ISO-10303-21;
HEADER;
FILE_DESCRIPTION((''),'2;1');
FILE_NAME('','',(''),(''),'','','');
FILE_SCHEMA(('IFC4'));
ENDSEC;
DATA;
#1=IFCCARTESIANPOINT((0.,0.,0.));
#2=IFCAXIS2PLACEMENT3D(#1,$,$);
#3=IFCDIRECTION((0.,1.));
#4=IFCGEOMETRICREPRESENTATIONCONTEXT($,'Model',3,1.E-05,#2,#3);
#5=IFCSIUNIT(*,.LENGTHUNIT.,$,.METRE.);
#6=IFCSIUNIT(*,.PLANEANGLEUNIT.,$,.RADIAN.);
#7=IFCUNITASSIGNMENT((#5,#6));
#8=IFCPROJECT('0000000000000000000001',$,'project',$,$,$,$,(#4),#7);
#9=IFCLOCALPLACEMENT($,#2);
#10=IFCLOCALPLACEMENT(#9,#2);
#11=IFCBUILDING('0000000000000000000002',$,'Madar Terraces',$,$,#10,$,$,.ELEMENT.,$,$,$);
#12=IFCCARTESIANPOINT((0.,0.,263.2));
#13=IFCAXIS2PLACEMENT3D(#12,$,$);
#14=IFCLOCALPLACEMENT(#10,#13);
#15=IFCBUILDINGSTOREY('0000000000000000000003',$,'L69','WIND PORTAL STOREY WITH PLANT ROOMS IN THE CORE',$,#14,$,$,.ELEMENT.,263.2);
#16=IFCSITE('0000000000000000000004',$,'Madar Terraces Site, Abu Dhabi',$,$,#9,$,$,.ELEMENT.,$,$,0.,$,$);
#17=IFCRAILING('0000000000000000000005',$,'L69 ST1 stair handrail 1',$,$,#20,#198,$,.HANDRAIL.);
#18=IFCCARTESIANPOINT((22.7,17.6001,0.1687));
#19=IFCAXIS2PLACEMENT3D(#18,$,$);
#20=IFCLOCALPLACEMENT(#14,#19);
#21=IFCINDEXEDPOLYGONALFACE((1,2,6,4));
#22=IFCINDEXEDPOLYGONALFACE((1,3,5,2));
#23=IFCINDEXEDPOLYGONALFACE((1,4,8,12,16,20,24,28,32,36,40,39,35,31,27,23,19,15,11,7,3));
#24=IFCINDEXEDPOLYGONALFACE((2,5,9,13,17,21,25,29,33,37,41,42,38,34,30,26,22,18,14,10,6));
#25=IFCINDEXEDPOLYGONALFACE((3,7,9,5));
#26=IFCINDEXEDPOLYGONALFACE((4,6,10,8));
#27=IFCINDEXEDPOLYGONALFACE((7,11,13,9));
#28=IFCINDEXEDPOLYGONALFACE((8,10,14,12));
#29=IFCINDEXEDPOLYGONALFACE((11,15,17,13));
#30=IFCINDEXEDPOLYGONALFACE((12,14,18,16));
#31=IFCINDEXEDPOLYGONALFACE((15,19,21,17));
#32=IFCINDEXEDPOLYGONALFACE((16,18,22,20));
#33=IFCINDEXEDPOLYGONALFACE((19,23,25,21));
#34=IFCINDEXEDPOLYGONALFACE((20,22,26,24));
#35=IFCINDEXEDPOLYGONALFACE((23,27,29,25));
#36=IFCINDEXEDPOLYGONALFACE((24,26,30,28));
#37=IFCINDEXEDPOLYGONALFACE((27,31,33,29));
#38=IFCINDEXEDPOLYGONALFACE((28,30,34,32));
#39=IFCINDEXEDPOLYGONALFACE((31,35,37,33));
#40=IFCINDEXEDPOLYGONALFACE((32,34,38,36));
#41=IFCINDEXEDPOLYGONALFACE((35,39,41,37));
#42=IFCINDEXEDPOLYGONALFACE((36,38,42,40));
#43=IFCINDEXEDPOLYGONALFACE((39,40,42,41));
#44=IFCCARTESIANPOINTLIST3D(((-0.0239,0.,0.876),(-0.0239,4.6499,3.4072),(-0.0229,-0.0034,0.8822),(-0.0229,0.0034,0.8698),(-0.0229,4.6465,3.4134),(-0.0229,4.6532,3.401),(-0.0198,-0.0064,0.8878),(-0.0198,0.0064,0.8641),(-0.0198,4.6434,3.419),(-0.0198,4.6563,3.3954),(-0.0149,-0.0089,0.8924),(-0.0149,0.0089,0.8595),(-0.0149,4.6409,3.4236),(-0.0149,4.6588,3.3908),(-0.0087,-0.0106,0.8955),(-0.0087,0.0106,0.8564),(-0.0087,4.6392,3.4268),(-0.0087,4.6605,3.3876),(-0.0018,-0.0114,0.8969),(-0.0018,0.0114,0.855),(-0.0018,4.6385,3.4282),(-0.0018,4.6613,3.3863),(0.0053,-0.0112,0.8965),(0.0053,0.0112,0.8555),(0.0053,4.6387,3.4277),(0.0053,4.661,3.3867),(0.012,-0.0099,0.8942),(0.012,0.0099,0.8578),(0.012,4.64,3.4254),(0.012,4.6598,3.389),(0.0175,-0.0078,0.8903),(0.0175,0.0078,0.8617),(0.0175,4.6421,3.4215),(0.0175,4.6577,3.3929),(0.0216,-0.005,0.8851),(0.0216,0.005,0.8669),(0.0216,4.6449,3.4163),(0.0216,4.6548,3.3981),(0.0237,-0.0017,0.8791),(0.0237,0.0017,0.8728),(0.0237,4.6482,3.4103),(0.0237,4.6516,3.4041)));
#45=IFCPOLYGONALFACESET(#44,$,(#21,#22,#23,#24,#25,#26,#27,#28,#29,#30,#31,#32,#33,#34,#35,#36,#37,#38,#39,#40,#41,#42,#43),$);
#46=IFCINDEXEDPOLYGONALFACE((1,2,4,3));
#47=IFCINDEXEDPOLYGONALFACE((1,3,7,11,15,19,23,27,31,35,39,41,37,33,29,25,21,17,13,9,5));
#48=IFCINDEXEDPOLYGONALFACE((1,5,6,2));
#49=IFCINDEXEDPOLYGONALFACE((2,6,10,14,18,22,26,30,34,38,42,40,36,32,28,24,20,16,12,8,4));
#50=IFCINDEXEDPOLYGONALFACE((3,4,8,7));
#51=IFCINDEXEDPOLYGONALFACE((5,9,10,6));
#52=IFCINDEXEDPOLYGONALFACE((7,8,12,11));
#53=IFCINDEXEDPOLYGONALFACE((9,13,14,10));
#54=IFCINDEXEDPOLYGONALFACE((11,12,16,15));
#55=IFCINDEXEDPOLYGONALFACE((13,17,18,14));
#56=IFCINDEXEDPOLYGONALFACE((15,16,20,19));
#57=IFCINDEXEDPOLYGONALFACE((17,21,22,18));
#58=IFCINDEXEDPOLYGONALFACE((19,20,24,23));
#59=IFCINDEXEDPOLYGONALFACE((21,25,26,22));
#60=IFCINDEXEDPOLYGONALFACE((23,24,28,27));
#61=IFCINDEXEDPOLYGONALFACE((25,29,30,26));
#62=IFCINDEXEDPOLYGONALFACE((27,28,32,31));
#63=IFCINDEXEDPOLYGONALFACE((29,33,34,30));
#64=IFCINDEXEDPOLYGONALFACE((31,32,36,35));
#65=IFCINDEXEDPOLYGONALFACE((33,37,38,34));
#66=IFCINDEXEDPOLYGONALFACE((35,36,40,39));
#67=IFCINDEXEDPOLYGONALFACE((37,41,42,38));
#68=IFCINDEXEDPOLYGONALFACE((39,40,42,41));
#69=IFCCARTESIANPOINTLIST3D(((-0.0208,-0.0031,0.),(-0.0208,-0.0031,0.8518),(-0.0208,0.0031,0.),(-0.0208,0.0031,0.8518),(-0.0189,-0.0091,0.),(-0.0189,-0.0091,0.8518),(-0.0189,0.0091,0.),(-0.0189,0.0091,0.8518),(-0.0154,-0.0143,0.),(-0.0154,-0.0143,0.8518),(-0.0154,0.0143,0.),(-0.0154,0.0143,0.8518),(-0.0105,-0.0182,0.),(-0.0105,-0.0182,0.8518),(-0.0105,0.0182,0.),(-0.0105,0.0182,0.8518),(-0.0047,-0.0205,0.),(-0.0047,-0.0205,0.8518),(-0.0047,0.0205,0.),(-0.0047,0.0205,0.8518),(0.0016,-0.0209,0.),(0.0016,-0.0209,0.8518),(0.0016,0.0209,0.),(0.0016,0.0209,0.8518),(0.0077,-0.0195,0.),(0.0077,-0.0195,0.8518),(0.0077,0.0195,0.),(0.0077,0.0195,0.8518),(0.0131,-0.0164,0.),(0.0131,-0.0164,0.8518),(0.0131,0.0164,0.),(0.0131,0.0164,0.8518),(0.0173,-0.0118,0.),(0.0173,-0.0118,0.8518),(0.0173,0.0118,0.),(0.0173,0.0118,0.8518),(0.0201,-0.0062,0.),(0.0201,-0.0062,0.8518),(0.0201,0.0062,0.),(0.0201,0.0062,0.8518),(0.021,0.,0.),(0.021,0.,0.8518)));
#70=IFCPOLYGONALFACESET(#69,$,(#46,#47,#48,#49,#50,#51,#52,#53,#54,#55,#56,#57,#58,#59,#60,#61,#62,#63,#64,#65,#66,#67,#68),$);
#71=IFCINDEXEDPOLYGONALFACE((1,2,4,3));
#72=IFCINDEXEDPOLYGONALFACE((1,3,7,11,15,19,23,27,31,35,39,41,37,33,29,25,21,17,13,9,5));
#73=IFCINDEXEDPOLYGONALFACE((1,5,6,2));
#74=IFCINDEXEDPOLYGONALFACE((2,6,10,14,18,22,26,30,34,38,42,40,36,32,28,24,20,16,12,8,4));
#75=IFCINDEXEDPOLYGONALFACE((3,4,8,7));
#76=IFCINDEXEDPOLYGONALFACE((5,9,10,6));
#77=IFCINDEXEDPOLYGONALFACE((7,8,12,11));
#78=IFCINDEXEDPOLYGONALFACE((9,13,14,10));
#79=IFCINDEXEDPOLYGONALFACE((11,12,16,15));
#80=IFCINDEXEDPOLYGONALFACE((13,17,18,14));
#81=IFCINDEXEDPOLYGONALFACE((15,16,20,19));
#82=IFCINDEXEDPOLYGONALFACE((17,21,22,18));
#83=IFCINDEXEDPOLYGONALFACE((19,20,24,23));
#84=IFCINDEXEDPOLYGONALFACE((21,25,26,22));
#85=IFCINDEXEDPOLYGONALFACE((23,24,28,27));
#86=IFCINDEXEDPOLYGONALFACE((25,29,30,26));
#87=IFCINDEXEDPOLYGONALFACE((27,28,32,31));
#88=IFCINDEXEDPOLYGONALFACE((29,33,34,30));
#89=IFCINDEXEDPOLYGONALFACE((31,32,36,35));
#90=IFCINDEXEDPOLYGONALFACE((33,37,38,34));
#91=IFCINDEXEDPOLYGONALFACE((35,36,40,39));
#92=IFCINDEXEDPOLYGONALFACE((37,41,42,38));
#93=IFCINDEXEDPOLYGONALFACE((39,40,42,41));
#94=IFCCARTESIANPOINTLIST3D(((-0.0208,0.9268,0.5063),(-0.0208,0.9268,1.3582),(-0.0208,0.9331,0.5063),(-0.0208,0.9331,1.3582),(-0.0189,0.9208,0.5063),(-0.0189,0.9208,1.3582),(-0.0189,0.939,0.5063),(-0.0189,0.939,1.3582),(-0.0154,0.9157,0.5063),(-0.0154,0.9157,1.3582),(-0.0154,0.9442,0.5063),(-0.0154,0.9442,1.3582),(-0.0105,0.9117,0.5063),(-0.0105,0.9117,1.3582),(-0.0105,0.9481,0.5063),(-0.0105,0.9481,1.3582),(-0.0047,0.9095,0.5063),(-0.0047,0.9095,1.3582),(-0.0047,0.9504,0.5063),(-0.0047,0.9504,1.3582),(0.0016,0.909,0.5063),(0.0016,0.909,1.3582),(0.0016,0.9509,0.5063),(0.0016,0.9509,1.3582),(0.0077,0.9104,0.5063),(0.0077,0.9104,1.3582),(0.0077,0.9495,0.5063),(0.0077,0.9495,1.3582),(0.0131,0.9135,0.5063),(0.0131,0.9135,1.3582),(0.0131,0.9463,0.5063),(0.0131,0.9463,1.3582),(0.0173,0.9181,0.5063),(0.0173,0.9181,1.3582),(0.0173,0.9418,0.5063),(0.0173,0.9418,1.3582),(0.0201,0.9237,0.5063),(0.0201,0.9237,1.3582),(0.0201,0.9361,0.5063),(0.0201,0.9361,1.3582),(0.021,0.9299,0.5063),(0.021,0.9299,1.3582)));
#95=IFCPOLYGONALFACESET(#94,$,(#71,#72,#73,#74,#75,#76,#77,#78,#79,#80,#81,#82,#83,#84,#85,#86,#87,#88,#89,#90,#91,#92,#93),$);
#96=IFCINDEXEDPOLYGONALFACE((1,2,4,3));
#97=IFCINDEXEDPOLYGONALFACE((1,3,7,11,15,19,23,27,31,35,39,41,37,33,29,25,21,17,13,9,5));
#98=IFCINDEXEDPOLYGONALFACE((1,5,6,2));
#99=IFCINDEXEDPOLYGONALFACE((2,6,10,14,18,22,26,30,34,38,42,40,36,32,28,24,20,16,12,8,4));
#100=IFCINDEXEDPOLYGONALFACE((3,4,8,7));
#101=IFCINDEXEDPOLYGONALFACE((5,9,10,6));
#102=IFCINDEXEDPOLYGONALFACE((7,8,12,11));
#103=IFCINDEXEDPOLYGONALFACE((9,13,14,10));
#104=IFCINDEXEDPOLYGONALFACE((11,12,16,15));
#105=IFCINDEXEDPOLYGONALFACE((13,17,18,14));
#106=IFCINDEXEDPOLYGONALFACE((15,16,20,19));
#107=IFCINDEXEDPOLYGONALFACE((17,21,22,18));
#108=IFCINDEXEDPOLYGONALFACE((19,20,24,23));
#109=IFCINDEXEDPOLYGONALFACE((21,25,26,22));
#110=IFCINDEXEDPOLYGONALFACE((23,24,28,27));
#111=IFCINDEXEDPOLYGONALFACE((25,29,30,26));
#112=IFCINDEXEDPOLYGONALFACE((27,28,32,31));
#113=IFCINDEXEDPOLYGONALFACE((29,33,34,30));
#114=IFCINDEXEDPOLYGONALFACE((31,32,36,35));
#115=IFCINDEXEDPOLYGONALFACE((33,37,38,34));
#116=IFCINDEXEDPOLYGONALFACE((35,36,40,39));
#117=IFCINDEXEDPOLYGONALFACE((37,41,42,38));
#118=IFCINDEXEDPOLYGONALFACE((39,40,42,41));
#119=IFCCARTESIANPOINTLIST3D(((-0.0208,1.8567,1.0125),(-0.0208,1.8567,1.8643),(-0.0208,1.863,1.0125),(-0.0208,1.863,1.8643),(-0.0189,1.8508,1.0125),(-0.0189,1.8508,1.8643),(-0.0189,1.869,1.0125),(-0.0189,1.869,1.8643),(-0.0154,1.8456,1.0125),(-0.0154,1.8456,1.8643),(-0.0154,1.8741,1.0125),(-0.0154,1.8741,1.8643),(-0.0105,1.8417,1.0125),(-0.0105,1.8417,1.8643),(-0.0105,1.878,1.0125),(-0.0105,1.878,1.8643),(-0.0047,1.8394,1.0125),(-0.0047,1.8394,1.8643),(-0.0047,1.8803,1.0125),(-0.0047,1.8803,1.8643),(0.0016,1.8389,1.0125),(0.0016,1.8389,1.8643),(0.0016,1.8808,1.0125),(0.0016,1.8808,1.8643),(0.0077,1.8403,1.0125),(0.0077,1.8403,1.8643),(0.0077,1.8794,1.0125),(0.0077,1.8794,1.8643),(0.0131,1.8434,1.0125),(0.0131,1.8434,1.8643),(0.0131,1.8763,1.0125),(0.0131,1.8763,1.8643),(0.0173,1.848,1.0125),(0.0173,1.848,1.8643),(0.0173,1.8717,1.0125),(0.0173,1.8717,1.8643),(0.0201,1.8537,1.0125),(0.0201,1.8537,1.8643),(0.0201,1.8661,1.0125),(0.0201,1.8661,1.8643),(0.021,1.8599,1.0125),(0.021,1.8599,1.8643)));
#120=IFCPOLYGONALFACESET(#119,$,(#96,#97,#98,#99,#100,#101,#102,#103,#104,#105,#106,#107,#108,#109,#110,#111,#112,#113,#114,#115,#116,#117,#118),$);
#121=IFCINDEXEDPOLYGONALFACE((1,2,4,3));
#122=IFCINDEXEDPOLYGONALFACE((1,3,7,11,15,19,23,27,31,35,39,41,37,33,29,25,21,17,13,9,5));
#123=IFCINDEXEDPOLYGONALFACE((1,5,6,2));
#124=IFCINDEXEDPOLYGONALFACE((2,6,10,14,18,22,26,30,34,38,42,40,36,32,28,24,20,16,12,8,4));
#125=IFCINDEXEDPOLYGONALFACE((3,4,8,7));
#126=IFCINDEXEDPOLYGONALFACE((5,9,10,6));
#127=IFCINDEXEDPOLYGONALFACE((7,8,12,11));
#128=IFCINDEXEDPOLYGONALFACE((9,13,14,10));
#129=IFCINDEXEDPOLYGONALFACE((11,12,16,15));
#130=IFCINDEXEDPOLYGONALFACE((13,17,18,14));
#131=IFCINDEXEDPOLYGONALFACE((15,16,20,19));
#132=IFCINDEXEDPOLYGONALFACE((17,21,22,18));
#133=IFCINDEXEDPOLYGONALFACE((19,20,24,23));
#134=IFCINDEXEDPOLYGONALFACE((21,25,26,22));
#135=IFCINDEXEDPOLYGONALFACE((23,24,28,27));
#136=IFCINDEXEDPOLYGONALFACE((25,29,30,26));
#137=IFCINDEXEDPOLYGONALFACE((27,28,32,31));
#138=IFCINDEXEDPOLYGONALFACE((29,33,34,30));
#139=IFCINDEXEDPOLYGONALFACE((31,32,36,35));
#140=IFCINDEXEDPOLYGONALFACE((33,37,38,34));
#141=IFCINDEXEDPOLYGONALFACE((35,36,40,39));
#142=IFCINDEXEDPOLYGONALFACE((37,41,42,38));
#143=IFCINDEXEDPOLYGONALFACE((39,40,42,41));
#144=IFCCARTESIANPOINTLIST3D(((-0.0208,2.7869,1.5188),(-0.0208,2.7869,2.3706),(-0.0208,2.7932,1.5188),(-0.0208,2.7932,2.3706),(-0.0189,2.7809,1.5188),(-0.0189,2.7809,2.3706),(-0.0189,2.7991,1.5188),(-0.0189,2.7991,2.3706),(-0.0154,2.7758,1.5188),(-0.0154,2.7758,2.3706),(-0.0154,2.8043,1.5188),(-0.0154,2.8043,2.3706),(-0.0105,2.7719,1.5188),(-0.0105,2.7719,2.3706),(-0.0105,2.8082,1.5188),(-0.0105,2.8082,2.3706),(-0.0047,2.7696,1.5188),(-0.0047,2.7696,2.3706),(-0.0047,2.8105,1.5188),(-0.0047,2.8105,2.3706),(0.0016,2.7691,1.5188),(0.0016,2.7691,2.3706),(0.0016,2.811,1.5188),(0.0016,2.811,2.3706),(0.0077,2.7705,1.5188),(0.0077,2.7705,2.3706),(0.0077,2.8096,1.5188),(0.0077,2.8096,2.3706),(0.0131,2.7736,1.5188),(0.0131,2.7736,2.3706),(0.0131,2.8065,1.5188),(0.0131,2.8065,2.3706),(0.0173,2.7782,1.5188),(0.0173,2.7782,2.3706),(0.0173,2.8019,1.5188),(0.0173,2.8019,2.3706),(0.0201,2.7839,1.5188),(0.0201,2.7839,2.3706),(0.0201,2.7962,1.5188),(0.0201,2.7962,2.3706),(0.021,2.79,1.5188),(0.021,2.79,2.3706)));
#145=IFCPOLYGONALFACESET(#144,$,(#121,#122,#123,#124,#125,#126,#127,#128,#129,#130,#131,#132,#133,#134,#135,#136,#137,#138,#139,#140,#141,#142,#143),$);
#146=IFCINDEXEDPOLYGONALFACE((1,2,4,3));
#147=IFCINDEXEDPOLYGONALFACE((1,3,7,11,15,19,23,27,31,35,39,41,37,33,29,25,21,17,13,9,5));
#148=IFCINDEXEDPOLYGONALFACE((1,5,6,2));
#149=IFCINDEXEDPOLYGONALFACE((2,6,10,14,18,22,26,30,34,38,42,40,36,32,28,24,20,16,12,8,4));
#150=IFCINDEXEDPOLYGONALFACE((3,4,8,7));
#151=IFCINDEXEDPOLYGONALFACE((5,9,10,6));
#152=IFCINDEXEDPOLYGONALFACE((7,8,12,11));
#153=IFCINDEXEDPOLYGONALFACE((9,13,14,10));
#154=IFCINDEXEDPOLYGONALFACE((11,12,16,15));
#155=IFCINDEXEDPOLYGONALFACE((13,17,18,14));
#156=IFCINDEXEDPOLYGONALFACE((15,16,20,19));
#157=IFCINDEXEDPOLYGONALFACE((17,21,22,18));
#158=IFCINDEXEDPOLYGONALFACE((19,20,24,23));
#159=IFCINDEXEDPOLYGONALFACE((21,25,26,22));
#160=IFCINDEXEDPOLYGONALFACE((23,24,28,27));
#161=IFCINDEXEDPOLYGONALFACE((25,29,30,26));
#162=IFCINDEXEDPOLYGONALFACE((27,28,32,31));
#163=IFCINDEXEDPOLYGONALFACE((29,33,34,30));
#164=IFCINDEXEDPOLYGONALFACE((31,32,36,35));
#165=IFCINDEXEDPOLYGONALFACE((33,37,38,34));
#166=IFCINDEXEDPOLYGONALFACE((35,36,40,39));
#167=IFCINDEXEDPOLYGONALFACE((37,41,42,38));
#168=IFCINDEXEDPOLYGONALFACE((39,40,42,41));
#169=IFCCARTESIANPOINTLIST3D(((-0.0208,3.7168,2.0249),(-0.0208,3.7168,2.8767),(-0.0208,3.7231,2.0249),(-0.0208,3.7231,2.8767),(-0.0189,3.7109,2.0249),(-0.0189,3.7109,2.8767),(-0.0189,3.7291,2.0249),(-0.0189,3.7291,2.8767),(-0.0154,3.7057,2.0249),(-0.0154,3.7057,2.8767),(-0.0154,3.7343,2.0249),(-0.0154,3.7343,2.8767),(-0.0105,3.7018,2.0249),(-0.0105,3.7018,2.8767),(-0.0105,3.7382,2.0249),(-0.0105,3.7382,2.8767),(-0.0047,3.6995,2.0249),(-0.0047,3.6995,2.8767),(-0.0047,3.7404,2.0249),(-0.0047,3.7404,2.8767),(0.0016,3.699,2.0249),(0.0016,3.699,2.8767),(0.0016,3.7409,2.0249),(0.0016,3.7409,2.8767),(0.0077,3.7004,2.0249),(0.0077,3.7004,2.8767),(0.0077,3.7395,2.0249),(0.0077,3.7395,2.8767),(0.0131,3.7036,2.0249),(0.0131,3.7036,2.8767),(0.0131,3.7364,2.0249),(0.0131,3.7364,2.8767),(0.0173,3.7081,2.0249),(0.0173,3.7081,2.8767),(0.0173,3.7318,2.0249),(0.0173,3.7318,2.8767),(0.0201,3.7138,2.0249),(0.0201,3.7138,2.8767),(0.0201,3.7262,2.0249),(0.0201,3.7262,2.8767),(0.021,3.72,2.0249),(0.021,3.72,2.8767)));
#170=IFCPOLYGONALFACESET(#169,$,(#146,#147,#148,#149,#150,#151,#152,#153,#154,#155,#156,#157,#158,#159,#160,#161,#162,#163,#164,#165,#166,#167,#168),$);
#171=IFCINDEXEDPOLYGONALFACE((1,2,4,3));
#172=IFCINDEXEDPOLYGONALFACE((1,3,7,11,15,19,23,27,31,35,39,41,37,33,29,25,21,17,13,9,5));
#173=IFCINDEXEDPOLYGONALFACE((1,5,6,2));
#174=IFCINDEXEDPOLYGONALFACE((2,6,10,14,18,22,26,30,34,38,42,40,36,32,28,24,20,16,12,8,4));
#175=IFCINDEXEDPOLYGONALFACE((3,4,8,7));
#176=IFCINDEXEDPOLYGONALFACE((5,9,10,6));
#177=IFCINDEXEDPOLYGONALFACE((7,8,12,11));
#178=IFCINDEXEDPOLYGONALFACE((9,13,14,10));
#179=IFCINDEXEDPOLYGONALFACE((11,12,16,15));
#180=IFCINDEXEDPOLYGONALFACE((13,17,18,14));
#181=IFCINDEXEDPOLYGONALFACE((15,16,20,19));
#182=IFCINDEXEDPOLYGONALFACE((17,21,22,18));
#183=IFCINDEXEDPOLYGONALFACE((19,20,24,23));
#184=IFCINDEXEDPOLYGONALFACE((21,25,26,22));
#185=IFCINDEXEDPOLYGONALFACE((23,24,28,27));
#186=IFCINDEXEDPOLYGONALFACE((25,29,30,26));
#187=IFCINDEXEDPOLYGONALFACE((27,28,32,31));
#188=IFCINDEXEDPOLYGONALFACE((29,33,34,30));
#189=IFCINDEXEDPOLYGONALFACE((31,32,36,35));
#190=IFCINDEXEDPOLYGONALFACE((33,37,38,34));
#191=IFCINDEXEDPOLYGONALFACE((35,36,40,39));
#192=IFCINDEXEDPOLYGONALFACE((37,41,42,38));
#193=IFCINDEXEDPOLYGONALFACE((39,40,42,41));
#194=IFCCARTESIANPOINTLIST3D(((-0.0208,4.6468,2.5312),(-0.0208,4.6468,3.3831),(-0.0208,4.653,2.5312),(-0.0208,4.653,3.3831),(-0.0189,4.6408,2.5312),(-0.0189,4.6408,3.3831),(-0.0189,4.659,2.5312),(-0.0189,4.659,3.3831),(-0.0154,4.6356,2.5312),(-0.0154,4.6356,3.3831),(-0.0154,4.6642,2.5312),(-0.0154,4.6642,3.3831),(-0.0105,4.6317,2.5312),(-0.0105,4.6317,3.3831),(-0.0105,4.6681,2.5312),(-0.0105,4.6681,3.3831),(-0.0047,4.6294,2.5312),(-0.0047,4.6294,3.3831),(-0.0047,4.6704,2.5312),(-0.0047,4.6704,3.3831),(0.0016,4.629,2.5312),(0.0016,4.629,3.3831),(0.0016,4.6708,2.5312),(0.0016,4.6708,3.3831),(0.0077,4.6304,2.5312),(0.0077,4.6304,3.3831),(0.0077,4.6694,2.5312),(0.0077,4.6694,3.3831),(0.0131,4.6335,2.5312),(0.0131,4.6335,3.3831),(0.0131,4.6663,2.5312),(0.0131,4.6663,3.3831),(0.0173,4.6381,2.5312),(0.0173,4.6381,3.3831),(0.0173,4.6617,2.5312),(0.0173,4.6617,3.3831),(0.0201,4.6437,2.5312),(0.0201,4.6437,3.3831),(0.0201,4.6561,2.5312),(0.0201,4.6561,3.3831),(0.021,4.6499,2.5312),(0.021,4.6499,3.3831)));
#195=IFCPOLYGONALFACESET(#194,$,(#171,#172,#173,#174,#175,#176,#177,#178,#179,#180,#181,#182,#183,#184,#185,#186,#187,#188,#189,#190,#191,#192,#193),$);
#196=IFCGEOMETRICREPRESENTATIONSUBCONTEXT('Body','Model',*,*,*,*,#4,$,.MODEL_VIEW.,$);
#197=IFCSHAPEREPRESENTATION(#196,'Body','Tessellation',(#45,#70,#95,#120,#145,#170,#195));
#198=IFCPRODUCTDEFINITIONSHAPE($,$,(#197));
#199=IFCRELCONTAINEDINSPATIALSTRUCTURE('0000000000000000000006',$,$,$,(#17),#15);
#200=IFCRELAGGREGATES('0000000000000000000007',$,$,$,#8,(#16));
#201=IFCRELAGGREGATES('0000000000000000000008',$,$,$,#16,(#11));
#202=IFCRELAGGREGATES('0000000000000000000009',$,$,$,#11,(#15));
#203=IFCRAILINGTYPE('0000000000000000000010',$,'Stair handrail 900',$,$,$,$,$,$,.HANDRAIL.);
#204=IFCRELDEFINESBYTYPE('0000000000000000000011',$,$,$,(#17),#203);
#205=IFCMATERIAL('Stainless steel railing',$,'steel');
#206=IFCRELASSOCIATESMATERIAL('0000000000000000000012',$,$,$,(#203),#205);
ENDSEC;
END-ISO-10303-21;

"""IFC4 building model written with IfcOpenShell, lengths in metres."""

from ifc_helpers import new_model, si_unit, direction, frame, origin, origin_2d, place, context, subcontext, project, spatial, circle, extrude, material, type_object, element, save


model = new_model("IFC4")

# Units and contexts
model_context = context("Model", 3, precision=1e-05, world=origin(), true_north=direction((0.0, 1.0)))
body_context = subcontext(model_context, "Body", "Model", "MODEL_VIEW")
ifc_project = project(units=[si_unit("LENGTHUNIT", "METRE"), si_unit("PLANEANGLEUNIT", "RADIAN")], contexts=[model_context])

# Site, building, storey
site_placement = place(None, origin())
site = spatial("IfcSite", under=ifc_project, at=site_placement, Name="Madar Terraces Site, Abu Dhabi", CompositionType="ELEMENT", RefElevation=0.0)
building_placement = place(site_placement, origin())
building = spatial("IfcBuilding", under=site, at=building_placement, Name="Madar Terraces", CompositionType="ELEMENT")
storey_placement = place(building_placement, frame((0.0, 0.0, 263.2)))
storey = spatial("IfcBuildingStorey", under=building, at=storey_placement, Name="L69", Description="WIND PORTAL STOREY WITH PLANT ROOMS IN THE CORE", CompositionType="ELEMENT", Elevation=263.2)

# Railing
ifc_material_1 = material(Name="Stainless steel railing", Category="steel")
railing_type_1 = type_object("IfcRailingType", Name="Stair handrail 900", PredefinedType="HANDRAIL", material=ifc_material_1)
railing_1_placement = place(storey_placement, frame((22.7, 17.6001, 0.1687)))
element("IfcRailing", 1, at=railing_1_placement, inside=storey, type_object=railing_type_1, Name="L69 ST1 stair handrail 1", PredefinedType="HANDRAIL", context=body_context, shape_type="SweptSolid", body=[
    extrude(circle(Radius=0.0239, at=origin_2d()), frame((0.0, 0.0, 0.876), z_axis=(0.0, 0.878297, 0.478115), x_axis=(-1.0, 0.0, 0.0)), (0.0, 0.0, 1.0), 5.2942),
    extrude(circle(Radius=0.021, at=origin_2d()), origin(), (0.0, 0.0, 1.0), 0.8518),
    extrude(circle(Radius=0.021, at=origin_2d()), frame((0.0, 0.9299, 0.5063)), (0.0, 0.0, 1.0), 0.8518),
    extrude(circle(Radius=0.021, at=origin_2d()), frame((0.0, 1.8599, 1.0125)), (0.0, 0.0, 1.0), 0.8518),
    extrude(circle(Radius=0.021, at=origin_2d()), frame((0.0, 2.79, 1.5188)), (0.0, 0.0, 1.0), 0.8518),
    extrude(circle(Radius=0.021, at=origin_2d()), frame((0.0, 3.72, 2.0249)), (0.0, 0.0, 1.0), 0.8518),
    extrude(circle(Radius=0.021, at=origin_2d()), frame((0.0, 4.6499, 2.5312)), (0.0, 0.0, 1.0), 0.8518),
])

save(model, "model.ifc")
